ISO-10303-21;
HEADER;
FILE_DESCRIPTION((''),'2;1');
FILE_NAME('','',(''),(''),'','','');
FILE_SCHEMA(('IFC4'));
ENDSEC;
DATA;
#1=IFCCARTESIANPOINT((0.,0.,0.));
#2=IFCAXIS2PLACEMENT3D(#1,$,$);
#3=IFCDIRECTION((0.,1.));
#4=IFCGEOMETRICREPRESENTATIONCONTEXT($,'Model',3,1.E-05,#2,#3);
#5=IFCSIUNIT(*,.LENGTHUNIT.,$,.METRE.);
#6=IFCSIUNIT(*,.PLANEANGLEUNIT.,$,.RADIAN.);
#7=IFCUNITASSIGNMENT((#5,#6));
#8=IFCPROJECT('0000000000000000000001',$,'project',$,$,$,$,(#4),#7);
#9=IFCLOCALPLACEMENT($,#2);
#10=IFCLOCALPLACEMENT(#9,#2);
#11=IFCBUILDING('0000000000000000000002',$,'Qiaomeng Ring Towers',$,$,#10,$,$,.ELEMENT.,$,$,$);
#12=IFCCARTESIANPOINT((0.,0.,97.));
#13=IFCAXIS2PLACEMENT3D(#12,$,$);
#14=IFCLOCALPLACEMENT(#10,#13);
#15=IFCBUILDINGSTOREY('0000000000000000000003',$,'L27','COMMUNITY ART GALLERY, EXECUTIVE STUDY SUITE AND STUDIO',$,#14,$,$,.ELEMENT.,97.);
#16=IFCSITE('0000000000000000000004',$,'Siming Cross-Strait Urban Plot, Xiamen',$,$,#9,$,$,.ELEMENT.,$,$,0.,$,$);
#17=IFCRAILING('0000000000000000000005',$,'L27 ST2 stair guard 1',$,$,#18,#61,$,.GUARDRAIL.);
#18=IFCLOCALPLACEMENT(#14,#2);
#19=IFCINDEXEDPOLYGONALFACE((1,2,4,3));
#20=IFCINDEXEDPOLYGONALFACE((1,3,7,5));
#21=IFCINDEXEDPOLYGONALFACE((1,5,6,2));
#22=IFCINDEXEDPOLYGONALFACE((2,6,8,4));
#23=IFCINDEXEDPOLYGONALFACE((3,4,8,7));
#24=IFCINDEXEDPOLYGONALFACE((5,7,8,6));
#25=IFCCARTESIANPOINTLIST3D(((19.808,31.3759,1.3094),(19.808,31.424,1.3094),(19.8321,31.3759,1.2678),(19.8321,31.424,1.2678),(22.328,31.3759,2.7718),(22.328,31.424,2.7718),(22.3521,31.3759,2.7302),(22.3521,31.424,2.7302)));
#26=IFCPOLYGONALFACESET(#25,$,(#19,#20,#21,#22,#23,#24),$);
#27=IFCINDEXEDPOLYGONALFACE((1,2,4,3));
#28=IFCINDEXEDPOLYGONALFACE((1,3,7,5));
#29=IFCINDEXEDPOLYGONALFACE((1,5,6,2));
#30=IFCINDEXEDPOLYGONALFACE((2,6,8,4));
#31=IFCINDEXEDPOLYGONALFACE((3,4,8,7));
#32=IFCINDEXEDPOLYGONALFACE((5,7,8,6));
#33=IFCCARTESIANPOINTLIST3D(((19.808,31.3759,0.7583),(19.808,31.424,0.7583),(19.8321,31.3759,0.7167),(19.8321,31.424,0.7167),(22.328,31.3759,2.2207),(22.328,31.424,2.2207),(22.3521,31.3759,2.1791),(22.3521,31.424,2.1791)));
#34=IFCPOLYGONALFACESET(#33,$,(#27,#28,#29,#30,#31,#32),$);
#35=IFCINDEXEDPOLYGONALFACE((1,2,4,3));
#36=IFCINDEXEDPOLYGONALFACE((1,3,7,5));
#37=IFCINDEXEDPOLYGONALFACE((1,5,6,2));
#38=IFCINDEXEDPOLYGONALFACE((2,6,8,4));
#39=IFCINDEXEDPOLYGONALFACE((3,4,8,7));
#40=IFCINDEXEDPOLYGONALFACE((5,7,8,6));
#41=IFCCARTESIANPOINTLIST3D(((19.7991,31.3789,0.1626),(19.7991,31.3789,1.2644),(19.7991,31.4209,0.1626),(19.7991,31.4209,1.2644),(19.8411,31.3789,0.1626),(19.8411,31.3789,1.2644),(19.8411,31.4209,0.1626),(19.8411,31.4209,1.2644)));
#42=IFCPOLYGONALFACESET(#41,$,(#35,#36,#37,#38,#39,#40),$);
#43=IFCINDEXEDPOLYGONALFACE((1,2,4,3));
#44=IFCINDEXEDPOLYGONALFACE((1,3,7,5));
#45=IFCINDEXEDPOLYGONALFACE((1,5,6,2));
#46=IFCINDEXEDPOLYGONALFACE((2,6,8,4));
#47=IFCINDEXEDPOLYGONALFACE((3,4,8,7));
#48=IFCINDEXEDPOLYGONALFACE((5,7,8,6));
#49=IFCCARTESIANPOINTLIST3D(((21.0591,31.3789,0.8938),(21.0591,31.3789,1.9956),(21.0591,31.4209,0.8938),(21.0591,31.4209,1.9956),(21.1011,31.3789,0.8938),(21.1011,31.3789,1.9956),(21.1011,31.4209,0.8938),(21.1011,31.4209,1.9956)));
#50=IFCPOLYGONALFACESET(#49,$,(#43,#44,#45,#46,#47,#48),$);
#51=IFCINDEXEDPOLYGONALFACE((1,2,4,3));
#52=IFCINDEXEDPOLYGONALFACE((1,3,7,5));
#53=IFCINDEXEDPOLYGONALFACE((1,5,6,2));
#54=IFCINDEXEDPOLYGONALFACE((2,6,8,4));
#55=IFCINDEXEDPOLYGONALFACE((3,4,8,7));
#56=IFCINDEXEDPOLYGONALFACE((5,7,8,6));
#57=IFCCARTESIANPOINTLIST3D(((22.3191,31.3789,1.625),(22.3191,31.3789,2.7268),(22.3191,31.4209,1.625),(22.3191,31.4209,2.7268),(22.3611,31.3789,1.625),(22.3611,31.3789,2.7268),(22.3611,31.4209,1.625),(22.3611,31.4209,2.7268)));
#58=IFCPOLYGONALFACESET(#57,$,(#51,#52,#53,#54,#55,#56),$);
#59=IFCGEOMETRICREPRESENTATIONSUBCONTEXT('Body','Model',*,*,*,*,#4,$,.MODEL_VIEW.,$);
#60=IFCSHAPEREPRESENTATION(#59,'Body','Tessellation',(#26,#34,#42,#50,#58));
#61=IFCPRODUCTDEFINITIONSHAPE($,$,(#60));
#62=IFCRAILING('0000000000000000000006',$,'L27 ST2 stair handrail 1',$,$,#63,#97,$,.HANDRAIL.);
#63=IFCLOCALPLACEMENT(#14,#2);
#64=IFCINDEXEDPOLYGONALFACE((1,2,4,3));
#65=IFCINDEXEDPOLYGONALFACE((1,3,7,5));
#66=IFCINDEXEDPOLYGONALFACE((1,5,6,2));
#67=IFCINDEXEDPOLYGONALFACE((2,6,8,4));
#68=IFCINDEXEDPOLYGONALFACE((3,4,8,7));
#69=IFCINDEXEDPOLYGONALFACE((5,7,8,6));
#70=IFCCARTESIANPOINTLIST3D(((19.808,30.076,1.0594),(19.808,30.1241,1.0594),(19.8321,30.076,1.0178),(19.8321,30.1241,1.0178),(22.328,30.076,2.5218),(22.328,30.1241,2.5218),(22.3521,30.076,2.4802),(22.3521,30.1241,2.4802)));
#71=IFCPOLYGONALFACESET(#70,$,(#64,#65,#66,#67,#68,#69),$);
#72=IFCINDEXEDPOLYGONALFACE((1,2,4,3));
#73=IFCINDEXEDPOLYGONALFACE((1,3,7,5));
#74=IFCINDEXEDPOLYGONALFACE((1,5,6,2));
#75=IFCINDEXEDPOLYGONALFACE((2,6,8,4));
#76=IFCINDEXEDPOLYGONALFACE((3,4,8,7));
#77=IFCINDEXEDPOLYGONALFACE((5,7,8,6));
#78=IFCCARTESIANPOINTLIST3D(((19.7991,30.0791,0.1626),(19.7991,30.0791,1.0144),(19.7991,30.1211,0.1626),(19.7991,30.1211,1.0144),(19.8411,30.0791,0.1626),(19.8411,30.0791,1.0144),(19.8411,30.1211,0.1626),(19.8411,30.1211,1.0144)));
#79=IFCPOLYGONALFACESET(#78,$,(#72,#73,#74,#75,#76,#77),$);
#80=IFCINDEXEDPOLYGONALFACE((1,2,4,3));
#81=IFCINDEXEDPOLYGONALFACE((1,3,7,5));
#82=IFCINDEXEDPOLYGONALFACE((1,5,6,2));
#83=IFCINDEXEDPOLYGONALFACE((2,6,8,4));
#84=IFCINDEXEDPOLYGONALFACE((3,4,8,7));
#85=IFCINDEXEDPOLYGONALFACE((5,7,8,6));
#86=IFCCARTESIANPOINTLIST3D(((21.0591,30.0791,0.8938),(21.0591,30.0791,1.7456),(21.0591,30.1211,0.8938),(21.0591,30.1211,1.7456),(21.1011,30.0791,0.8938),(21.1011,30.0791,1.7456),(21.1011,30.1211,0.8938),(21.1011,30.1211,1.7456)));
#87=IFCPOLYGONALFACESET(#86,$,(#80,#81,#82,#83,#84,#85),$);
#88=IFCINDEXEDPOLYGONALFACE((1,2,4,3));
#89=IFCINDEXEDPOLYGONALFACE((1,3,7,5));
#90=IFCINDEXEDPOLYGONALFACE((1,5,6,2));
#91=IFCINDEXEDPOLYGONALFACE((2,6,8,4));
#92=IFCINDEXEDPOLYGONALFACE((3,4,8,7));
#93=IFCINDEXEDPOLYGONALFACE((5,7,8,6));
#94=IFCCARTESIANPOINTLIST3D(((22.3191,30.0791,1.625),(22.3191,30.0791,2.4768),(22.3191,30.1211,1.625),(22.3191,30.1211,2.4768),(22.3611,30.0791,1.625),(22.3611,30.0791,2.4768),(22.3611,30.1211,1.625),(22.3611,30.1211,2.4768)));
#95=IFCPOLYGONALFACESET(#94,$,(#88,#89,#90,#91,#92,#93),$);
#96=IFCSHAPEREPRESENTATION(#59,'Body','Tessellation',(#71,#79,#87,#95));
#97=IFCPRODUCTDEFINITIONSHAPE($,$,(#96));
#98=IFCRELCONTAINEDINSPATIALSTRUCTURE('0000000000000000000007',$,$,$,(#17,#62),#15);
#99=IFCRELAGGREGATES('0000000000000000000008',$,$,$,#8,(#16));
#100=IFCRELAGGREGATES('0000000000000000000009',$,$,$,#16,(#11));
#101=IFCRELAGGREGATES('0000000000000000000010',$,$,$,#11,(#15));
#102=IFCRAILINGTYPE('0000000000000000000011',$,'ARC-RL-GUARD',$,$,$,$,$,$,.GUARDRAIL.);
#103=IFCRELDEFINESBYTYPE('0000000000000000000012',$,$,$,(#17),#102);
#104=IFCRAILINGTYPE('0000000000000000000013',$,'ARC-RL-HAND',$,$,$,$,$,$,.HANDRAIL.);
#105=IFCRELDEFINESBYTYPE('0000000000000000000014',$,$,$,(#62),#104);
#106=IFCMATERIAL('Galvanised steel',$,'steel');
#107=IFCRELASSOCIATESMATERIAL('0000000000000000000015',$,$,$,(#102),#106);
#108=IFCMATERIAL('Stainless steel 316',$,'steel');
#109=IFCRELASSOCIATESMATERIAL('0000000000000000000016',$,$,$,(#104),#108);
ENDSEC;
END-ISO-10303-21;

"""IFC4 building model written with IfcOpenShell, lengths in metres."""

from ifc_helpers import new_model, si_unit, direction, frame, origin, origin_2d, place, context, subcontext, project, spatial, rectangle, extrude, material, type_object, element, save


model = new_model("IFC4")

# Units and contexts
model_context = context("Model", 3, precision=1e-05, world=origin(), true_north=direction((0.0, 1.0)))
body_context = subcontext(model_context, "Body", "Model", "MODEL_VIEW")
ifc_project = project(units=[si_unit("LENGTHUNIT", "METRE"), si_unit("PLANEANGLEUNIT", "RADIAN")], contexts=[model_context])

# Site, building, storey
site_placement = place(None, origin())
site = spatial("IfcSite", under=ifc_project, at=site_placement, Name="Siming Cross-Strait Urban Plot, Xiamen", CompositionType="ELEMENT", RefElevation=0.0)
building_placement = place(site_placement, origin())
building = spatial("IfcBuilding", under=site, at=building_placement, Name="Qiaomeng Ring Towers", CompositionType="ELEMENT")
storey_placement = place(building_placement, frame((0.0, 0.0, 97.0)))
storey = spatial("IfcBuildingStorey", under=building, at=storey_placement, Name="L27", Description="COMMUNITY ART GALLERY, EXECUTIVE STUDY SUITE AND STUDIO", CompositionType="ELEMENT", Elevation=97.0)

# Shared definitions
ifc_material_1 = material(Name="Stainless steel 316", Category="steel")

# Railings
ifc_material_2 = material(Name="Galvanised steel", Category="steel")
railing_type_1 = type_object("IfcRailingType", Name="ARC-RL-GUARD", PredefinedType="GUARDRAIL", material=ifc_material_2)
railing_1_placement = place(storey_placement, frame((19.8201, 31.3999, 0.1626)))
element("IfcRailing", 1, at=railing_1_placement, inside=storey, type_object=railing_type_1, Name="L27 ST2 stair guard 1", PredefinedType="GUARDRAIL", context=body_context, shape_type="SweptSolid", body=[
    extrude(rectangle(XDim=0.0481, YDim=0.0481, at=origin_2d()), frame((0.0, 0.0, 1.126), z_axis=(0.864913, 0.0, 0.501921), x_axis=(0.0, 1.0, 0.0)), (0.0, 0.0, 1.0), 2.9136),
    extrude(rectangle(XDim=0.0481, YDim=0.0481, at=origin_2d()), frame((0.0, 0.0, 0.575), z_axis=(0.864913, 0.0, 0.501921), x_axis=(0.0, 1.0, 0.0)), (0.0, 0.0, 1.0), 2.9136),
    extrude(rectangle(XDim=0.042, YDim=0.042, at=origin_2d()), origin(), (0.0, 0.0, 1.0), 1.1018),
    extrude(rectangle(XDim=0.042, YDim=0.042, at=origin_2d()), frame((1.26, 0.0, 0.7312)), (0.0, 0.0, 1.0), 1.1018),
    extrude(rectangle(XDim=0.042, YDim=0.042, at=origin_2d()), frame((2.52, 0.0, 1.4624)), (0.0, 0.0, 1.0), 1.1018),
])
railing_type_2 = type_object("IfcRailingType", Name="ARC-RL-HAND", PredefinedType="HANDRAIL", material=ifc_material_1)
railing_2_placement = place(storey_placement, frame((19.8201, 30.1001, 0.1626)))
element("IfcRailing", 2, at=railing_2_placement, inside=storey, type_object=railing_type_2, Name="L27 ST2 stair handrail 1", PredefinedType="HANDRAIL", context=body_context, shape_type="SweptSolid", body=[
    extrude(rectangle(XDim=0.0481, YDim=0.0481, at=origin_2d()), frame((0.0, 0.0, 0.876), z_axis=(0.864913, 0.0, 0.501921), x_axis=(0.0, 1.0, 0.0)), (0.0, 0.0, 1.0), 2.9136),
    extrude(rectangle(XDim=0.042, YDim=0.042, at=origin_2d()), origin(), (0.0, 0.0, 1.0), 0.8518),
    extrude(rectangle(XDim=0.042, YDim=0.042, at=origin_2d()), frame((1.26, 0.0, 0.7312)), (0.0, 0.0, 1.0), 0.8518),
    extrude(rectangle(XDim=0.042, YDim=0.042, at=origin_2d()), frame((2.52, 0.0, 1.4624)), (0.0, 0.0, 1.0), 0.8518),
])

save(model, "model.ifc")
